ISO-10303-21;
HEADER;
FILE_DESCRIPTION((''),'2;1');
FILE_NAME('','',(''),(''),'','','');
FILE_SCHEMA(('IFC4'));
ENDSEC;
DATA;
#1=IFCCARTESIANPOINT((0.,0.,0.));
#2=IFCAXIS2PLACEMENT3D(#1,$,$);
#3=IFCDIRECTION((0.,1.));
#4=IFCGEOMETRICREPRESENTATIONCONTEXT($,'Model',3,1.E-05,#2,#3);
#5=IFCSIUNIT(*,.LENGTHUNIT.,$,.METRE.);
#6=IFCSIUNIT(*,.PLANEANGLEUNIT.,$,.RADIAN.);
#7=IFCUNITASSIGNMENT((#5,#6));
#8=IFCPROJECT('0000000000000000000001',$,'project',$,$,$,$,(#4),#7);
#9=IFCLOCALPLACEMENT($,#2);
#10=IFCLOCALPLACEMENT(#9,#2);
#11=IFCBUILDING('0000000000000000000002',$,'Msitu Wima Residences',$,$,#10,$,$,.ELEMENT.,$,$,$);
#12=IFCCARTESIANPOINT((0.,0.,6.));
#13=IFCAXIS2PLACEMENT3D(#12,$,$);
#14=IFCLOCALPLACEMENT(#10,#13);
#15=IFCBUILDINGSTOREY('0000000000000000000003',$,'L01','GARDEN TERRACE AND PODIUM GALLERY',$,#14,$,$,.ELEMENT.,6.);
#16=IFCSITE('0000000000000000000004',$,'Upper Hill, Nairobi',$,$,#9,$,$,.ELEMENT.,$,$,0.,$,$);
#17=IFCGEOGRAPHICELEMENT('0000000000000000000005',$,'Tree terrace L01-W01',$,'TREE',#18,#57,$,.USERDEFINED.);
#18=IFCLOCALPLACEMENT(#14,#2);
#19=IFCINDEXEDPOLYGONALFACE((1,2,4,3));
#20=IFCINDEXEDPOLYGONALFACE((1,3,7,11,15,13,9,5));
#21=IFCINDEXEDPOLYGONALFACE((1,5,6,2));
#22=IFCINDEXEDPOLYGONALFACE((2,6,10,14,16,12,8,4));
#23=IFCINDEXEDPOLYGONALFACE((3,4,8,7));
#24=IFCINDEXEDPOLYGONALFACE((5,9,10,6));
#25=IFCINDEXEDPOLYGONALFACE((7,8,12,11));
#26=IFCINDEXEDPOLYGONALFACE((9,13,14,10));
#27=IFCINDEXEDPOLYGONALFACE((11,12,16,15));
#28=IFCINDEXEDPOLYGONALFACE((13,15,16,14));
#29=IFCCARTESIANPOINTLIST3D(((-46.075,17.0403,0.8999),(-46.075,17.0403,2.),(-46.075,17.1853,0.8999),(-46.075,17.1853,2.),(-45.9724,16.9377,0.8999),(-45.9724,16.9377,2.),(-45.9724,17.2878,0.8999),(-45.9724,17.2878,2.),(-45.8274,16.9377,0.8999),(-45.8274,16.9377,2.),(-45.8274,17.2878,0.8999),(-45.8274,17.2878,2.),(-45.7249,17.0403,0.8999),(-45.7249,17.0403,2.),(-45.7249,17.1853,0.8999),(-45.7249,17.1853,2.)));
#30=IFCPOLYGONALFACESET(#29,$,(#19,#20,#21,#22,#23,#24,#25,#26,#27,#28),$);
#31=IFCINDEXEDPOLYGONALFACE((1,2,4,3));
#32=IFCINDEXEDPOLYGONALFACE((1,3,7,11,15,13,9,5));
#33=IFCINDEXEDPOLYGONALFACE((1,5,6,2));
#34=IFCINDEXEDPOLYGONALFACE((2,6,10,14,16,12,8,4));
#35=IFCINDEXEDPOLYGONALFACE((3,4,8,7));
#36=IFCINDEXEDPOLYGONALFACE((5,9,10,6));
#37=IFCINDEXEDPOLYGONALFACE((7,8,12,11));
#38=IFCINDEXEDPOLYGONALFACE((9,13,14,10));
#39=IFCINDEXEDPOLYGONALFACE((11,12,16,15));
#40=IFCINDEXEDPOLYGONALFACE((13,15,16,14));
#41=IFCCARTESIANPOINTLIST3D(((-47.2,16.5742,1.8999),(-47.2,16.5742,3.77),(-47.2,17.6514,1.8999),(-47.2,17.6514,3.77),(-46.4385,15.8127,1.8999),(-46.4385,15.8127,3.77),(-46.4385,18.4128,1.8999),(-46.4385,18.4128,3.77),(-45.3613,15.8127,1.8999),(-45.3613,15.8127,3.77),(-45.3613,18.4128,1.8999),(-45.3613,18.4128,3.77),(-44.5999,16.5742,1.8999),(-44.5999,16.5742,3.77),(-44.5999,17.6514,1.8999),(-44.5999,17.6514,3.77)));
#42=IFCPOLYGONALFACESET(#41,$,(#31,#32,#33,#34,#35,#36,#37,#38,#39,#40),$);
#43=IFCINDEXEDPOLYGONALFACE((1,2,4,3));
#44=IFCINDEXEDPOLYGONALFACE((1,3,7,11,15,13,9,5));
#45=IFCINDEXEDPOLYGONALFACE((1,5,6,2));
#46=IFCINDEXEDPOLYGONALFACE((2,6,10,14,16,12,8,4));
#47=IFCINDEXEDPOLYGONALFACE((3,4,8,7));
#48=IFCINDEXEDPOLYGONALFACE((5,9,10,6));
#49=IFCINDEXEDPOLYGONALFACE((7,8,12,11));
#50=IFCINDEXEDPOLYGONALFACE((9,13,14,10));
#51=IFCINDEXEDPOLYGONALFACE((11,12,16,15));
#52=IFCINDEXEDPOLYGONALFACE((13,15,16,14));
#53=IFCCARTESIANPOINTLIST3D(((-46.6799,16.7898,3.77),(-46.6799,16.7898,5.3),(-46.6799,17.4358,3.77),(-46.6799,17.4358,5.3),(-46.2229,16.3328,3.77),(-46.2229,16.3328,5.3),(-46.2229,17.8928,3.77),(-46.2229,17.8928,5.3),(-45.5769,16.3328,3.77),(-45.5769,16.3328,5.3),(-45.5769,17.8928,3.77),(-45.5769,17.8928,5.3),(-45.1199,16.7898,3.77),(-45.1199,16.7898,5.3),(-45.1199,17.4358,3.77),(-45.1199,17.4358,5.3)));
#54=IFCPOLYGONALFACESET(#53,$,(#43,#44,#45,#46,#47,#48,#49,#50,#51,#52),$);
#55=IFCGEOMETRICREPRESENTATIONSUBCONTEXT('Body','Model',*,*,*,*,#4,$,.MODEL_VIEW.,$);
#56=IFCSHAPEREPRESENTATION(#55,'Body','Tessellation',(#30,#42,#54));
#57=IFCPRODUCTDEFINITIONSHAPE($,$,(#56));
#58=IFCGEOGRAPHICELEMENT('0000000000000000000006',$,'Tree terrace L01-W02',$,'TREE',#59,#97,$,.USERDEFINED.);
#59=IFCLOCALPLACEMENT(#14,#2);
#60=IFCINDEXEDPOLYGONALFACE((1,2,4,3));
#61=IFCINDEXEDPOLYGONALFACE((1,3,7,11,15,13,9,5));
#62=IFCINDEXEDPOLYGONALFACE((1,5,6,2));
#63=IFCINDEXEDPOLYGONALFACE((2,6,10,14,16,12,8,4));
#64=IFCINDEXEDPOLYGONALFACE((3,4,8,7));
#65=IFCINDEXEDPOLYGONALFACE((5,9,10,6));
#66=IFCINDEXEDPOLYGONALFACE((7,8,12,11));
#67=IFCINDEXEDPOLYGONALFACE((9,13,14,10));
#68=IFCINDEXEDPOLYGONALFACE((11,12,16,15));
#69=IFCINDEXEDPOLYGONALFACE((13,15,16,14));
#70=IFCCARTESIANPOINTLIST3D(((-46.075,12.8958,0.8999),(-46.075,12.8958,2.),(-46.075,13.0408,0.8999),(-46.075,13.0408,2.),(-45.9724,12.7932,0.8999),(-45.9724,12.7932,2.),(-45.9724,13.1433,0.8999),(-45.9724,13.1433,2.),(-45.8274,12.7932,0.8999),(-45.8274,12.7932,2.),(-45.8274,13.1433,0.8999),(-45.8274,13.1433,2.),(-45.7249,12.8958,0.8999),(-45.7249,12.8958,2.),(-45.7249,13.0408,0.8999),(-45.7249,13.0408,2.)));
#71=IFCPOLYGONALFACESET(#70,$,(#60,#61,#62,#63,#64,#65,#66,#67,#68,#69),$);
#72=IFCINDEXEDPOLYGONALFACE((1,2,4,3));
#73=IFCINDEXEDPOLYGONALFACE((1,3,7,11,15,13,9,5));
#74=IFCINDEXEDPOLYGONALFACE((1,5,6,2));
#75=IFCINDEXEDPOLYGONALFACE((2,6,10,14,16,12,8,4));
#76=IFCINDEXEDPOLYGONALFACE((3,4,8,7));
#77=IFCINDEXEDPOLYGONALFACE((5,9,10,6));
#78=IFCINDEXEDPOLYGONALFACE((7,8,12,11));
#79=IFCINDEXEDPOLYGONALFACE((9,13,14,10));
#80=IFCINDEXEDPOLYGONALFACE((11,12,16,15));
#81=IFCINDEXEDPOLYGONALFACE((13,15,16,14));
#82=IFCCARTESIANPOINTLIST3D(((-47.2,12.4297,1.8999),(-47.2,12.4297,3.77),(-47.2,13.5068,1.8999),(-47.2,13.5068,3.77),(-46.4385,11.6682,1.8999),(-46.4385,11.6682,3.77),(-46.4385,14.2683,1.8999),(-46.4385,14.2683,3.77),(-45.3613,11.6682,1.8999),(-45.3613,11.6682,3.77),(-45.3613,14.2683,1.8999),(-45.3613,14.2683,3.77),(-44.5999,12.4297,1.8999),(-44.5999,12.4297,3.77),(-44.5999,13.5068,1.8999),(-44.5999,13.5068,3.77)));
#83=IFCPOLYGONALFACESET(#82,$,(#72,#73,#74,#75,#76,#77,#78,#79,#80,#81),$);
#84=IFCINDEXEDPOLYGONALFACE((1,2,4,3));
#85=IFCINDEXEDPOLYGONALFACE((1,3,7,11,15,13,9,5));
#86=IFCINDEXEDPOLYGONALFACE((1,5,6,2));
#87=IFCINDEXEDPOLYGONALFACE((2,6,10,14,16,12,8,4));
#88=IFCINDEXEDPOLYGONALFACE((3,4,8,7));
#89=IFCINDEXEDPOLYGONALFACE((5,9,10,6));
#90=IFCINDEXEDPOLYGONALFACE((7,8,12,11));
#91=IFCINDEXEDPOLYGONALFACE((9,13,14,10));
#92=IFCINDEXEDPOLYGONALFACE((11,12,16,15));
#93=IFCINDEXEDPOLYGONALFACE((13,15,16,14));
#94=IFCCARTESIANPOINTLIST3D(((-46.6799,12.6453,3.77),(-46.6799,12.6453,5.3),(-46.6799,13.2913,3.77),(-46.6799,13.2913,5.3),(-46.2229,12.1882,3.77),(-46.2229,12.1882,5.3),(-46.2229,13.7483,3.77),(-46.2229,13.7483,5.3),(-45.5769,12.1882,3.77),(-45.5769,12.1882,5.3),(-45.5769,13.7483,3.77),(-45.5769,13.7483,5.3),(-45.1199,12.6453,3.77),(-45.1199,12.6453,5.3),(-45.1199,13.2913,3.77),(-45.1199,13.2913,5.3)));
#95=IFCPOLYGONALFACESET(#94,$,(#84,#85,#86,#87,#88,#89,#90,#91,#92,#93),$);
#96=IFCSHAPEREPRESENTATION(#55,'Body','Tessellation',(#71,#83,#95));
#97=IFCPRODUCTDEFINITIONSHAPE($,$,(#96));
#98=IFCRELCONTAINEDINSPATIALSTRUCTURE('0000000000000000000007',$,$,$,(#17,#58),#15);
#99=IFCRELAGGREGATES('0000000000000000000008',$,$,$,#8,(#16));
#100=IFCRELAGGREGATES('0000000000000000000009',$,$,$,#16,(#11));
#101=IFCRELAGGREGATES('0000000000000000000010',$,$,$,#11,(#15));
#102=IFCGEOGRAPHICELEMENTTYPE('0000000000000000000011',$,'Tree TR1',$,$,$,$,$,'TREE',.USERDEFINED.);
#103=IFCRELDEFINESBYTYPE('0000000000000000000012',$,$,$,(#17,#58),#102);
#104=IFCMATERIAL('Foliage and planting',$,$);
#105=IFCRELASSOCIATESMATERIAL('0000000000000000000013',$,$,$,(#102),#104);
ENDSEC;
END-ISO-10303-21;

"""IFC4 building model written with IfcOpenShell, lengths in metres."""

from ifc_helpers import new_model, si_unit, direction, frame, origin, place, context, subcontext, project, spatial, polyline, outline, extrude, material, type_object, element, save


model = new_model("IFC4")

# Units and contexts
model_context = context("Model", 3, precision=1e-05, world=origin(), true_north=direction((0.0, 1.0)))
body_context = subcontext(model_context, "Body", "Model", "MODEL_VIEW")
ifc_project = project(units=[si_unit("LENGTHUNIT", "METRE"), si_unit("PLANEANGLEUNIT", "RADIAN")], contexts=[model_context])

# Site, building, storey
site_placement = place(None, origin())
site = spatial("IfcSite", under=ifc_project, at=site_placement, Name="Upper Hill, Nairobi", CompositionType="ELEMENT", RefElevation=0.0)
building_placement = place(site_placement, origin())
building = spatial("IfcBuilding", under=site, at=building_placement, Name="Msitu Wima Residences", CompositionType="ELEMENT")
storey_placement = place(building_placement, frame((0.0, 0.0, 6.0)))
storey = spatial("IfcBuildingStorey", under=building, at=storey_placement, Name="L01", Description="GARDEN TERRACE AND PODIUM GALLERY", CompositionType="ELEMENT", Elevation=6.0)

# Geographic elements
ifc_material_1 = material(Name="Foliage and planting")
geographic_element_type = type_object("IfcGeographicElementType", Name="Tree TR1", ElementType="TREE", PredefinedType="USERDEFINED", material=ifc_material_1)
for number, where, z_axis, x_axis, name in (
    (1, (-45.8999, 17.1128, 0.8999), (0.0, 0.0, 1.0), (1.0, 0.0, 0.0), "Tree terrace L01-W01"),
    (2, (-45.8999, 12.9683, 0.8999), (0.0, 0.0, 1.0), (1.0, 0.0, 0.0), "Tree terrace L01-W02"),
):
    element("IfcGeographicElement", number, at=place(storey_placement, frame(where, z_axis=z_axis, x_axis=x_axis)), inside=storey, type_object=geographic_element_type, Name=name, ObjectType="TREE", PredefinedType="USERDEFINED", context=body_context, shape_type="SweptSolid", body=[
        extrude(outline(polyline([(0.175, 0.0725), (0.0725, 0.175), (-0.0725, 0.175), (-0.175, 0.0725), (-0.175, -0.0725), (-0.0725, -0.175), (0.0725, -0.175), (0.175, -0.0725), (0.175, 0.0725)])), origin(), (0.0, 0.0, 1.0), 1.1001),
        extrude(outline(polyline([(1.3, 0.5386), (0.5386, 1.3), (-0.5386, 1.3), (-1.3, 0.5386), (-1.3, -0.5386), (-0.5386, -1.3), (0.5386, -1.3), (1.3, -0.5386), (1.3, 0.5386)])), frame((0.0, 0.0, 1.0)), (0.0, 0.0, 1.0), 1.8701),
        extrude(outline(polyline([(0.78, 0.323), (0.323, 0.78), (-0.323, 0.78), (-0.78, 0.323), (-0.78, -0.323), (-0.323, -0.78), (0.323, -0.78), (0.78, -0.323), (0.78, 0.323)])), frame((0.0, 0.0, 2.8701)), (0.0, 0.0, 1.0), 1.53),
    ])

save(model, "model.ifc")
